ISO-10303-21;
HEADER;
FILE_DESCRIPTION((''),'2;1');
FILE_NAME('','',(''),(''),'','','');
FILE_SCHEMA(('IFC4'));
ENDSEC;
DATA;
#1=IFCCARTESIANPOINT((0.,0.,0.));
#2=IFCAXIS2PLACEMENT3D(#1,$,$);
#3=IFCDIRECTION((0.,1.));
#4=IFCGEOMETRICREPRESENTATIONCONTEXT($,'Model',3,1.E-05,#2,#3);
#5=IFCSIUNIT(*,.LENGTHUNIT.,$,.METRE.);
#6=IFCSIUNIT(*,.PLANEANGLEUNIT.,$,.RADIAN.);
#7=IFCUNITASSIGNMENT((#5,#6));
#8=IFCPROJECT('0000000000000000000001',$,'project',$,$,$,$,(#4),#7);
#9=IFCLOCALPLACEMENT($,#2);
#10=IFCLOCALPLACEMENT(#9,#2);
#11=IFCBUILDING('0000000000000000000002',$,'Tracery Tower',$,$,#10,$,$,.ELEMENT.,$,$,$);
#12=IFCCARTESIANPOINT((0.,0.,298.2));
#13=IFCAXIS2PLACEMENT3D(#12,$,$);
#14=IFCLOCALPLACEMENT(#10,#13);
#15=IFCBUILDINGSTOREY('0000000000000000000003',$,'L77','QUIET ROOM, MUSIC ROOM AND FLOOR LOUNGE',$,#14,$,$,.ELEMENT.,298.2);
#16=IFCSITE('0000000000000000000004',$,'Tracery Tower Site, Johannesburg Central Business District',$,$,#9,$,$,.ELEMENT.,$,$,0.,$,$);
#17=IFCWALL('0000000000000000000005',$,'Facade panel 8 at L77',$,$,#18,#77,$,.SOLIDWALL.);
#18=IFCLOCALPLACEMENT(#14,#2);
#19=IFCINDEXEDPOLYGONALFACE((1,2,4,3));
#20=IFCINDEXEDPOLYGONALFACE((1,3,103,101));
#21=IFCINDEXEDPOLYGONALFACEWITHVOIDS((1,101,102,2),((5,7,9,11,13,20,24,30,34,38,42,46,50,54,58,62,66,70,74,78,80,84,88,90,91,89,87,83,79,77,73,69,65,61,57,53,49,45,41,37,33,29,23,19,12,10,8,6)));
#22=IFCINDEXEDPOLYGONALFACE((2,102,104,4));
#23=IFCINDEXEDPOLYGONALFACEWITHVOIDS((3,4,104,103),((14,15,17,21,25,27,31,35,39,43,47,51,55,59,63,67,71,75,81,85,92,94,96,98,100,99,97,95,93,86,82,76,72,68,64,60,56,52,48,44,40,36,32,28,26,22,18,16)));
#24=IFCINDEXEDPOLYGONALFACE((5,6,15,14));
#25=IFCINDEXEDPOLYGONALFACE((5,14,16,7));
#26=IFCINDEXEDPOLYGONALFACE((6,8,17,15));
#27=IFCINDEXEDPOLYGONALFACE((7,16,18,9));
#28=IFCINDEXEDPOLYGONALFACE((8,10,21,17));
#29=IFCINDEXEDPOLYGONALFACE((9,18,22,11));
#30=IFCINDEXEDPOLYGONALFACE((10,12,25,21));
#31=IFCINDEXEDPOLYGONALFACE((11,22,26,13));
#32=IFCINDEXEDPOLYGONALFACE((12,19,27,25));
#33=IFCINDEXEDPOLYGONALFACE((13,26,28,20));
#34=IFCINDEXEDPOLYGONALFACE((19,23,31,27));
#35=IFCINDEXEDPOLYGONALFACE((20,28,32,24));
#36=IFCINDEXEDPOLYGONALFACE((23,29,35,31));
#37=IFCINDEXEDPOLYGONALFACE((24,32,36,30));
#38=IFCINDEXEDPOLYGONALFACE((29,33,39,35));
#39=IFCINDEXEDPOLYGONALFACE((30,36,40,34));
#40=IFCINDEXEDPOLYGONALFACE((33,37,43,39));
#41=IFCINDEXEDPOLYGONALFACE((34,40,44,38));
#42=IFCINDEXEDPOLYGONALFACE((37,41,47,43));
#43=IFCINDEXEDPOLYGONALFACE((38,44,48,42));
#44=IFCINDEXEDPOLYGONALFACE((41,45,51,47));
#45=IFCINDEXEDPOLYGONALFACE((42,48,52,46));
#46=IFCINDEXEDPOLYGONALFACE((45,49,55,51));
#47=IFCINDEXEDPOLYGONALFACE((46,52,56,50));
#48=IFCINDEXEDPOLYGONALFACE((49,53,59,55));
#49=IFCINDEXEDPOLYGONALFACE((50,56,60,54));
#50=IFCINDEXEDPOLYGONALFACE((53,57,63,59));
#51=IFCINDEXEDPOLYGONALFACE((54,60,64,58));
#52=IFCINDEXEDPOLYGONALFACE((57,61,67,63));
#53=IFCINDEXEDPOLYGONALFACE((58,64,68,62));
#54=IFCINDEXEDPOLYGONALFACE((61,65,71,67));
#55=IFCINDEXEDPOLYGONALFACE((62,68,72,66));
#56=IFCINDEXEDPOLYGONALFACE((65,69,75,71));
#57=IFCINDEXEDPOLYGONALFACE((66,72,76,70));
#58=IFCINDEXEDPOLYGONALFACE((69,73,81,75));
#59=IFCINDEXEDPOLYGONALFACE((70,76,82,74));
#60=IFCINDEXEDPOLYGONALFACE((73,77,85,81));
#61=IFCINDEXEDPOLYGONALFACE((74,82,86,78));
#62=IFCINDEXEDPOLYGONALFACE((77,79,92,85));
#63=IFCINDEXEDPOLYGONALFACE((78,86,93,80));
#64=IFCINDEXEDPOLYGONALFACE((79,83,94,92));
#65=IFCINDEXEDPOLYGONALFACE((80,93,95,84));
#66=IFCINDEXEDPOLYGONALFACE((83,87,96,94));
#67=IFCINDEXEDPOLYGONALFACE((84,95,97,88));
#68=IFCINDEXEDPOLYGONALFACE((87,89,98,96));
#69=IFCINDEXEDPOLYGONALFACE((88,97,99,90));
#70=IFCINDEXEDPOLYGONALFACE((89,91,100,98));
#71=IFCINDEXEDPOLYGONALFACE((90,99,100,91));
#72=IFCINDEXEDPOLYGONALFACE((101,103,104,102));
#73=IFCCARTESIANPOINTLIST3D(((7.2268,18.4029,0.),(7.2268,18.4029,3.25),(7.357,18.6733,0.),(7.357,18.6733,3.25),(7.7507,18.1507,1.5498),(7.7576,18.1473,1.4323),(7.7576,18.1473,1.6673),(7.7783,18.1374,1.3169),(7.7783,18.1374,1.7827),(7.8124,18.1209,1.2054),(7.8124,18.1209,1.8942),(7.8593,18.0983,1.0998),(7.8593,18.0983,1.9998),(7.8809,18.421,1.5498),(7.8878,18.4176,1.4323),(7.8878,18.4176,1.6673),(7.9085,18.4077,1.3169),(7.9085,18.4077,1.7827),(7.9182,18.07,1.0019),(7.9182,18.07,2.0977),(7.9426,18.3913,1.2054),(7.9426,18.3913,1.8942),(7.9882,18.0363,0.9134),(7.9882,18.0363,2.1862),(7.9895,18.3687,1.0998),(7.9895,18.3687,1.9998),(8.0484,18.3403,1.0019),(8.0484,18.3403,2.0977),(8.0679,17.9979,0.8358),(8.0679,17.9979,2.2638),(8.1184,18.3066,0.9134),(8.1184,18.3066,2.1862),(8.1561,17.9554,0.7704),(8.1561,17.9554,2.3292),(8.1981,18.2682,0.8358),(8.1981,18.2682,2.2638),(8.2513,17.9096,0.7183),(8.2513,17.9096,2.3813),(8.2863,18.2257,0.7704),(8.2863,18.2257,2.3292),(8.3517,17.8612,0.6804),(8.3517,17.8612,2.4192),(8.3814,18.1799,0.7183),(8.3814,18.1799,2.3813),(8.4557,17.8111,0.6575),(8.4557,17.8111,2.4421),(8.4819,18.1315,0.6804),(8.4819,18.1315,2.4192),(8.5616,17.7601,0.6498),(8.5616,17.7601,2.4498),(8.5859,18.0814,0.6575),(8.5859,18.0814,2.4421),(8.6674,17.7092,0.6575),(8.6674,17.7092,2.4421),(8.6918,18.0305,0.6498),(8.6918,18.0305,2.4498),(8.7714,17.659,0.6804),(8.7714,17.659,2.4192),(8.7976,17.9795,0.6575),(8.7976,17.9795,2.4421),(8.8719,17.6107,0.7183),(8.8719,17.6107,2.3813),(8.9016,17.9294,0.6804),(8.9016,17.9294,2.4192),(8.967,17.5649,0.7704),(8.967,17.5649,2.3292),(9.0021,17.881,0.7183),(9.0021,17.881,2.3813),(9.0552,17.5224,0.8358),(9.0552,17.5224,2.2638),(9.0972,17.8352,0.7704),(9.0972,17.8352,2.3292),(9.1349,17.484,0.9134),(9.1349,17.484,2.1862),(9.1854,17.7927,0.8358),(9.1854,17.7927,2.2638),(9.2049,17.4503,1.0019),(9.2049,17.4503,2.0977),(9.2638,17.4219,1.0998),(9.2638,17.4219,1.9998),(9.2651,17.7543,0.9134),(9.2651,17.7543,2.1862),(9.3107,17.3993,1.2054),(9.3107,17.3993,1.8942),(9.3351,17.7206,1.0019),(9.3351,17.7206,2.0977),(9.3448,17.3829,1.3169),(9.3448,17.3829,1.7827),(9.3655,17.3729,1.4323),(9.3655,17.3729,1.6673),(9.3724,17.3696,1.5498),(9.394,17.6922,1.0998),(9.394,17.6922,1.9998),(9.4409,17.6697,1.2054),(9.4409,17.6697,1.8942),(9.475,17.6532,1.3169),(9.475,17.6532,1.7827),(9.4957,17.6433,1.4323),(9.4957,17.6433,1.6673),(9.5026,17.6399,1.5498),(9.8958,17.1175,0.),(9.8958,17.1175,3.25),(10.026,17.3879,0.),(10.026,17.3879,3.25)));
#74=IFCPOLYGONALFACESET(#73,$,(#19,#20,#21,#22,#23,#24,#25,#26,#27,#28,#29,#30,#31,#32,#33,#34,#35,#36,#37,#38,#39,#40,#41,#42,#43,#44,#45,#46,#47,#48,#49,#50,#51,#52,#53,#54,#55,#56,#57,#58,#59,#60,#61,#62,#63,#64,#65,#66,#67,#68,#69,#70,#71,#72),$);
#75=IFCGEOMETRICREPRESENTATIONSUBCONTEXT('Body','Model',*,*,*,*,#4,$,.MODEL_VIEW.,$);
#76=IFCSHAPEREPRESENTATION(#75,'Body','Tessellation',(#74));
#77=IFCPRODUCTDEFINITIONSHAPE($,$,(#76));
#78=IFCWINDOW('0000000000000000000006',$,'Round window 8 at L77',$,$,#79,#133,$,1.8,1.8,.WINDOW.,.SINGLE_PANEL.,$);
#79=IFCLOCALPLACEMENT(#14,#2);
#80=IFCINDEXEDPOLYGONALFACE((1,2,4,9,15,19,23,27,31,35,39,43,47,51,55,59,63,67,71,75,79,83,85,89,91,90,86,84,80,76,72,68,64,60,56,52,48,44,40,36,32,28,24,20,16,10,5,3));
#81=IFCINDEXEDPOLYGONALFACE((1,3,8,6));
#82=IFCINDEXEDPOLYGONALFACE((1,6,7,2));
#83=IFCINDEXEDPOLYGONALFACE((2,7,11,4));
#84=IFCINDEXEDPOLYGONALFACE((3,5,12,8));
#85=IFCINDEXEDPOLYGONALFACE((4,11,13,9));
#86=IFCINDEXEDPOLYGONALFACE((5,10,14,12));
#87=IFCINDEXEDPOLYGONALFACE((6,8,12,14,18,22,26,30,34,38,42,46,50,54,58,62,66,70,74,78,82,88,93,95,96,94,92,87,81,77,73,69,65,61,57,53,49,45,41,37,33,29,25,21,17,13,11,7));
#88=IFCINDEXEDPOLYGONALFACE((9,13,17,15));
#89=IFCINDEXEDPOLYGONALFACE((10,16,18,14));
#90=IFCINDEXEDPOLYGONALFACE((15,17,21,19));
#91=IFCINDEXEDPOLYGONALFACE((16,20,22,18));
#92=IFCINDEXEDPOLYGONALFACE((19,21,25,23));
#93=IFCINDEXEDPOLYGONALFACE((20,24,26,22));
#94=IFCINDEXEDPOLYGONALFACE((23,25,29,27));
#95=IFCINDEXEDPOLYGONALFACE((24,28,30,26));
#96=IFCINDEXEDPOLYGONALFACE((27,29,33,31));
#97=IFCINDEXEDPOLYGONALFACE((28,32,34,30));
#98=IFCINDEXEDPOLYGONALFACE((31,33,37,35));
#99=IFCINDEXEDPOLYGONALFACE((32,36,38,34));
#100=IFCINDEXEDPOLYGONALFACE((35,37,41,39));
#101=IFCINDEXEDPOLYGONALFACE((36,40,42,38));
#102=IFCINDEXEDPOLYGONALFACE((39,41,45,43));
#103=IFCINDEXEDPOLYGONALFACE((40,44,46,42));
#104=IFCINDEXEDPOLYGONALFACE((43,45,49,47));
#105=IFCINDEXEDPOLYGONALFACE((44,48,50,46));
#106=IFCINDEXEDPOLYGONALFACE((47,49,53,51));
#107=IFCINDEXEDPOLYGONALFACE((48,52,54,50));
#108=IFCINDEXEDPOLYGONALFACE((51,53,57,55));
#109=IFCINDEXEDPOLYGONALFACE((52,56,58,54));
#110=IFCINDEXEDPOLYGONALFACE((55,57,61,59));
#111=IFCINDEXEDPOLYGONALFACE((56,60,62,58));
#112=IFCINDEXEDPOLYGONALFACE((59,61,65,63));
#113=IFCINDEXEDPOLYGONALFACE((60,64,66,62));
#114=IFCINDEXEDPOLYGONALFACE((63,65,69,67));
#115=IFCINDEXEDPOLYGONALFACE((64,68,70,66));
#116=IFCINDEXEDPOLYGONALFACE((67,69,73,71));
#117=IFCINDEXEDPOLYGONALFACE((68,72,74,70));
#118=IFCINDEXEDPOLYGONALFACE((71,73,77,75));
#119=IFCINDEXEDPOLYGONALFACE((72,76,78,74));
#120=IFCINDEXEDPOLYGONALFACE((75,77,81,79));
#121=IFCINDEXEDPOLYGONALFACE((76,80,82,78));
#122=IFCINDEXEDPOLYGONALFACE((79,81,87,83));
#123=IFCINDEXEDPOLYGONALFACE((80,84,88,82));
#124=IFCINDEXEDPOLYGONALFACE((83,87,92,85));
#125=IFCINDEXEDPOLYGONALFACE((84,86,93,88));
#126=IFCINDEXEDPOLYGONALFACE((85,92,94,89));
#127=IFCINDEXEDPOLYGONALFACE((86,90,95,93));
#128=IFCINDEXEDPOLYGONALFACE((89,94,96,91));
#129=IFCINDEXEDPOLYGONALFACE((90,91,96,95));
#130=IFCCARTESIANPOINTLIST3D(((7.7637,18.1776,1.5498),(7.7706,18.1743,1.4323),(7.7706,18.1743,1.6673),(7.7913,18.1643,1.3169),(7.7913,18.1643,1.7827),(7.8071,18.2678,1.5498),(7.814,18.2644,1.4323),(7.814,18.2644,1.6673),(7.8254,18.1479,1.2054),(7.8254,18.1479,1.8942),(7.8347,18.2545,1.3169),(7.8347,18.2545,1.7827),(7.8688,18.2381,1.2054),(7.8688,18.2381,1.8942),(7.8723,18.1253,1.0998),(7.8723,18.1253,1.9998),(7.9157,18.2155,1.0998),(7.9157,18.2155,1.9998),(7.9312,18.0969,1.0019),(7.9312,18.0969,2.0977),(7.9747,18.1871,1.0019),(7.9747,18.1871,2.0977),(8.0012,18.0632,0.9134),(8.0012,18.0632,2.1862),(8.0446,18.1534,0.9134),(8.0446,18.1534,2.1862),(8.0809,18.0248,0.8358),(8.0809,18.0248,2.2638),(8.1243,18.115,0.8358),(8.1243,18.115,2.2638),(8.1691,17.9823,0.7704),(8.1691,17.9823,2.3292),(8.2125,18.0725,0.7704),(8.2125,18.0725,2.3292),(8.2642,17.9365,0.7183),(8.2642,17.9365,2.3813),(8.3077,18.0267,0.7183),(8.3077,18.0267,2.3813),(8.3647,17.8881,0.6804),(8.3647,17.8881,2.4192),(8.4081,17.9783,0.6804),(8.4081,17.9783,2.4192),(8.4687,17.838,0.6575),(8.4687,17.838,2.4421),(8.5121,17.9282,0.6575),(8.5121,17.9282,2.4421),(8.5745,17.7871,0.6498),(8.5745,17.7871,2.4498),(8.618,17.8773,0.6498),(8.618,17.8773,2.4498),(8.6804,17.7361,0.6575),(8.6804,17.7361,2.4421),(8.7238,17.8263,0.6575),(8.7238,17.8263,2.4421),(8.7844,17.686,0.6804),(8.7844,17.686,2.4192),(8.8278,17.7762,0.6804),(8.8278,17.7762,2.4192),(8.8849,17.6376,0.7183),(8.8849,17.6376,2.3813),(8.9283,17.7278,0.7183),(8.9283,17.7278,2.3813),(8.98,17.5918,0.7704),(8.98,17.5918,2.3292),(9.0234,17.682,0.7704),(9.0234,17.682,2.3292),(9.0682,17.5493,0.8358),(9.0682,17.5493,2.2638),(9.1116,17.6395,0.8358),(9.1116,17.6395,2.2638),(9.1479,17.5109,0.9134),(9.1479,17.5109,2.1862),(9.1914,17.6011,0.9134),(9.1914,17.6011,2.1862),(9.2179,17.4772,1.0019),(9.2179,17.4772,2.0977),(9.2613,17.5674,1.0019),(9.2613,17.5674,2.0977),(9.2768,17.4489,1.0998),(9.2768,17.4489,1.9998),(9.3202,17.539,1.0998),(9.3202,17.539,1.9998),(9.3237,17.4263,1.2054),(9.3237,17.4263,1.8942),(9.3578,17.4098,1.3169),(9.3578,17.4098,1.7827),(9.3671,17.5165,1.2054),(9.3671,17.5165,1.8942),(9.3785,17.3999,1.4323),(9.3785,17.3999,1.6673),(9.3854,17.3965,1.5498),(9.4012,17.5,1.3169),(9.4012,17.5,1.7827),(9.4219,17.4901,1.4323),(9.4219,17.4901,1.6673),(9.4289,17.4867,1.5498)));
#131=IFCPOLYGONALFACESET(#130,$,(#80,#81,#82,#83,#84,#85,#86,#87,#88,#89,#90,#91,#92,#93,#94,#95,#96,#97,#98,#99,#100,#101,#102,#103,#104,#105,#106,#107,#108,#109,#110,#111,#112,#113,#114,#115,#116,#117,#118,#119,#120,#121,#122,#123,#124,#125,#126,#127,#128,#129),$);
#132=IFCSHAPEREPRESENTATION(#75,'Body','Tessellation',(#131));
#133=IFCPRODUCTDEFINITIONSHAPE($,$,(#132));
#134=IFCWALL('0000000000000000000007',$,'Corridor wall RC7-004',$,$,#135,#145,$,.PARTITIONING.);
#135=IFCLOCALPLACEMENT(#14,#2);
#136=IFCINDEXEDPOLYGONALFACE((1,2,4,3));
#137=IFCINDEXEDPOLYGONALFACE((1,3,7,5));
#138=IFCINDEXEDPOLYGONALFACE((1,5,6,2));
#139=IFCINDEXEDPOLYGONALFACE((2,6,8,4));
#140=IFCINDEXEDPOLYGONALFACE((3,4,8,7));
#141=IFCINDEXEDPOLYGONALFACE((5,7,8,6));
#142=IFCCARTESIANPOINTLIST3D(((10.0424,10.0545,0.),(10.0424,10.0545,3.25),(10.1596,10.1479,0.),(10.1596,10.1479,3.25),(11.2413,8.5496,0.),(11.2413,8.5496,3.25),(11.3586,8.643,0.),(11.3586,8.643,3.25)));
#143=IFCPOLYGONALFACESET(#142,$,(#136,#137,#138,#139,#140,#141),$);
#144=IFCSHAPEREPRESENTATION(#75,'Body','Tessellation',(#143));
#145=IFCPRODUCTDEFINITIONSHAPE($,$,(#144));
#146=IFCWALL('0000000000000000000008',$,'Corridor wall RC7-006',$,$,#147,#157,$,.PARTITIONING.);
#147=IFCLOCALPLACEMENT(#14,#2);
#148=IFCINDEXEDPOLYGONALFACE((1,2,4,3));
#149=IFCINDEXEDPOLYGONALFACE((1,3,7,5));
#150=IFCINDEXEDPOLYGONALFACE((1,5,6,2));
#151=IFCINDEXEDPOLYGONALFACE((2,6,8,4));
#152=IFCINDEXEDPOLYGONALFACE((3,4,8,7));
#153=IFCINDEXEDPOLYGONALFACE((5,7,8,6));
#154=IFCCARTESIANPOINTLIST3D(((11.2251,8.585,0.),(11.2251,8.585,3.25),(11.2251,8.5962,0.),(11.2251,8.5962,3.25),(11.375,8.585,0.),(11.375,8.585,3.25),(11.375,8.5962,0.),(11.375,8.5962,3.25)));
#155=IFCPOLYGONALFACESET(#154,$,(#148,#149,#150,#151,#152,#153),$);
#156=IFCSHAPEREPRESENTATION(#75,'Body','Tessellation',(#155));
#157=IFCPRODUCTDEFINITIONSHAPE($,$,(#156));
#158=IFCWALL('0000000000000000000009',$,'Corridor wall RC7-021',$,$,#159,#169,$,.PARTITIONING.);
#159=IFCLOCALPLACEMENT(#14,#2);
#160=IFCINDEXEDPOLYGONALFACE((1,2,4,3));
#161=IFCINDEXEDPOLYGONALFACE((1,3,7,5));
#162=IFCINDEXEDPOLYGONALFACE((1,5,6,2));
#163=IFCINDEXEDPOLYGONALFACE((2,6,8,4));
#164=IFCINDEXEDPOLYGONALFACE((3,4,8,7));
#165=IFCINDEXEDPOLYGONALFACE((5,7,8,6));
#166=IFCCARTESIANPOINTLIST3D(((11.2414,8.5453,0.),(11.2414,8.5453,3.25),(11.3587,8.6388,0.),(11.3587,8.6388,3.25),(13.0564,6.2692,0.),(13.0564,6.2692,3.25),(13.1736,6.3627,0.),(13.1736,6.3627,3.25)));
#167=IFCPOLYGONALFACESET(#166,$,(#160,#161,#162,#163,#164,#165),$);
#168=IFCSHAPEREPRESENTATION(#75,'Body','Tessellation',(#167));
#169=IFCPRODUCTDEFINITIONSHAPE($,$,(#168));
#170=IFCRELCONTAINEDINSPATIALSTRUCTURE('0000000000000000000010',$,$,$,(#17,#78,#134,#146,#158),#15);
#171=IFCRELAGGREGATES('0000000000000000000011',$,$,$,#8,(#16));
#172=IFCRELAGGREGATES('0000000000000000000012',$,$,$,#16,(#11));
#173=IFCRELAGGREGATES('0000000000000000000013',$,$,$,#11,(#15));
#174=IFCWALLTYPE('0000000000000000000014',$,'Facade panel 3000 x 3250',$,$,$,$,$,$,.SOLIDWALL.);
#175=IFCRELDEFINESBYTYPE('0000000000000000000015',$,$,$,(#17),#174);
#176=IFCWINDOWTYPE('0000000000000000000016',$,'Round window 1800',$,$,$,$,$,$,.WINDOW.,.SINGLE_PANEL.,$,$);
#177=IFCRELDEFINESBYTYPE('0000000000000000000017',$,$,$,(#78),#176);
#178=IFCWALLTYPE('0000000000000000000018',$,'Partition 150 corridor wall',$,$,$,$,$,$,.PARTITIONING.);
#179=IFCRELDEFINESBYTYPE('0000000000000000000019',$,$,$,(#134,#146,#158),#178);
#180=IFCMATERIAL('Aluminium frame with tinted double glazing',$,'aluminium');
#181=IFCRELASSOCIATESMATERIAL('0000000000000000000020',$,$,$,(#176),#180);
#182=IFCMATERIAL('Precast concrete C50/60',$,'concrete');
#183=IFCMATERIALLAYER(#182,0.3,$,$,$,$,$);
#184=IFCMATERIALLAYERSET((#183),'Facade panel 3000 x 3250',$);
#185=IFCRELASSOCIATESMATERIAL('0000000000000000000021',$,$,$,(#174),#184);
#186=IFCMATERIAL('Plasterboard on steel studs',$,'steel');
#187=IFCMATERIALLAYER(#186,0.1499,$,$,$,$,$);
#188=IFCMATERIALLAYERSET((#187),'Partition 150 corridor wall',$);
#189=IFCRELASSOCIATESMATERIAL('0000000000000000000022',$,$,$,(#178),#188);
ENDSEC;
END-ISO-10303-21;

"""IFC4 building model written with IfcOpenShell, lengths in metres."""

from ifc_helpers import new_model, si_unit, direction, frame, frame_2d, origin, origin_2d, place, context, subcontext, project, spatial, rectangle, circle, extrude, material, layer, layer_set, type_object, element, fill, save


model = new_model("IFC4")

# Units and contexts
model_context = context("Model", 3, precision=1e-05, world=origin(), true_north=direction((0.0, 1.0)))
body_context = subcontext(model_context, "Body", "Model", "MODEL_VIEW")
ifc_project = project(units=[si_unit("LENGTHUNIT", "METRE"), si_unit("PLANEANGLEUNIT", "RADIAN")], contexts=[model_context])

# Site, building, storey
site_placement = place(None, origin())
site = spatial("IfcSite", under=ifc_project, at=site_placement, Name="Tracery Tower Site, Johannesburg Central Business District", CompositionType="ELEMENT", RefElevation=0.0)
building_placement = place(site_placement, origin())
building = spatial("IfcBuilding", under=site, at=building_placement, Name="Tracery Tower", CompositionType="ELEMENT")
storey_placement = place(building_placement, frame((0.0, 0.0, 298.2)))
storey = spatial("IfcBuildingStorey", under=building, at=storey_placement, Name="L77", Description="QUIET ROOM, MUSIC ROOM AND FLOOR LOUNGE", CompositionType="ELEMENT", Elevation=298.2)

# Wall, opening, window
ifc_material_1 = material(Name="Aluminium frame with tinted double glazing", Category="aluminium")
window_type = type_object("IfcWindowType", Name="Round window 1800", PartitioningType="SINGLE_PANEL", PredefinedType="WINDOW", material=ifc_material_1)
ifc_material_2 = material(Name="Precast concrete C50/60", Category="concrete")
ifc_layer_1 = layer(ifc_material_2, 0.3)
ifc_layer_set_1 = layer_set([ifc_layer_1], Name="Facade panel 3000 x 3250")
wall_type_1 = type_object("IfcWallType", Name="Facade panel 3000 x 3250", PredefinedType="SOLIDWALL", material=ifc_layer_set_1)
wall_1_placement = place(storey_placement, frame((9.9609, 17.2527, 0.0), z_axis=(0.0, 0.0, 1.0), x_axis=(-0.900955, 0.433912, 0.0)))
wall_1 = element("IfcWall", 1, at=wall_1_placement, inside=storey, type_object=wall_type_1, Name="Facade panel 8 at L77", PredefinedType="SOLIDWALL", context=body_context, shape_type="SweptSolid", body=[
    extrude(rectangle(XDim=2.9624, YDim=0.3, at=frame_2d((1.4812, 0.0))), origin(), (0.0, 0.0, 1.0), 3.25),
])
opening_1_placement = place(wall_1_placement, frame((1.481, 0.0, 1.5498)))
opening_1 = element("IfcOpeningElement", 2, at=opening_1_placement, cuts=wall_1, PredefinedType="OPENING", context=body_context, shape_type="SweptSolid", body=[
    extrude(circle(Radius=0.9, at=origin_2d()), frame((0.0, 0.1599, 0.0), z_axis=(0.0, -1.0, 0.0), x_axis=(1.0, 0.0, 0.0)), (0.0, 0.0, 1.0), 0.3201),
])
window_1_placement = place(opening_1_placement, origin())
window_1 = element("IfcWindow", 3, at=window_1_placement, inside=storey, type_object=window_type, Name="Round window 8 at L77", OverallHeight=1.8, OverallWidth=1.8, PartitioningType="SINGLE_PANEL", PredefinedType="WINDOW", context=body_context, shape_type="SweptSolid", body=[
    extrude(circle(Radius=0.9, at=origin_2d()), frame((0.0, 0.1201, 0.0), z_axis=(0.0, -1.0, 0.0), x_axis=(1.0, 0.0, 0.0)), (0.0, 0.0, 1.0), 0.1001),
])
fill(opening_1, window_1)

# Walls
ifc_material_3 = material(Name="Plasterboard on steel studs", Category="steel")
ifc_layer_2 = layer(ifc_material_3, 0.1499)
ifc_layer_set_2 = layer_set([ifc_layer_2], Name="Partition 150 corridor wall")
wall_type_2 = type_object("IfcWallType", Name="Partition 150 corridor wall", PredefinedType="PARTITIONING", material=ifc_layer_set_2)
wall_2_placement = place(storey_placement, frame((10.1011, 10.1011, 0.0), z_axis=(0.0, 0.0, 1.0), x_axis=(0.623131, -0.782118, 0.0)))
element("IfcWall", 4, at=wall_2_placement, inside=storey, type_object=wall_type_2, Name="Corridor wall RC7-004", PredefinedType="PARTITIONING", context=body_context, shape_type="SweptSolid", body=[
    extrude(rectangle(XDim=1.9241, YDim=0.1499, at=frame_2d((0.9619, 0.0))), origin(), (0.0, 0.0, 1.0), 3.25),
])
wall_3_placement = place(storey_placement, frame((11.3, 8.585, 0.0), z_axis=(0.0, 0.0, 1.0), x_axis=(0.0, 1.0, 0.0)))
element("IfcWall", 5, at=wall_3_placement, inside=storey, type_object=wall_type_2, Name="Corridor wall RC7-006", PredefinedType="PARTITIONING", context=body_context, shape_type="SweptSolid", body=[
    extrude(rectangle(XDim=0.0112, YDim=0.1499, at=frame_2d((0.0056, 0.0))), origin(), (0.0, 0.0, 1.0), 3.25),
])
wall_4_placement = place(storey_placement, frame((11.3, 8.592, 0.0), z_axis=(0.0, 0.0, 1.0), x_axis=(0.623447, -0.781866, 0.0)))
element("IfcWall", 6, at=wall_4_placement, inside=storey, type_object=wall_type_2, Name="Corridor wall RC7-021", PredefinedType="PARTITIONING", context=body_context, shape_type="SweptSolid", body=[
    extrude(rectangle(XDim=2.9111, YDim=0.1499, at=frame_2d((1.4556, 0.0))), origin(), (0.0, 0.0, 1.0), 3.25),
])

save(model, "model.ifc")
